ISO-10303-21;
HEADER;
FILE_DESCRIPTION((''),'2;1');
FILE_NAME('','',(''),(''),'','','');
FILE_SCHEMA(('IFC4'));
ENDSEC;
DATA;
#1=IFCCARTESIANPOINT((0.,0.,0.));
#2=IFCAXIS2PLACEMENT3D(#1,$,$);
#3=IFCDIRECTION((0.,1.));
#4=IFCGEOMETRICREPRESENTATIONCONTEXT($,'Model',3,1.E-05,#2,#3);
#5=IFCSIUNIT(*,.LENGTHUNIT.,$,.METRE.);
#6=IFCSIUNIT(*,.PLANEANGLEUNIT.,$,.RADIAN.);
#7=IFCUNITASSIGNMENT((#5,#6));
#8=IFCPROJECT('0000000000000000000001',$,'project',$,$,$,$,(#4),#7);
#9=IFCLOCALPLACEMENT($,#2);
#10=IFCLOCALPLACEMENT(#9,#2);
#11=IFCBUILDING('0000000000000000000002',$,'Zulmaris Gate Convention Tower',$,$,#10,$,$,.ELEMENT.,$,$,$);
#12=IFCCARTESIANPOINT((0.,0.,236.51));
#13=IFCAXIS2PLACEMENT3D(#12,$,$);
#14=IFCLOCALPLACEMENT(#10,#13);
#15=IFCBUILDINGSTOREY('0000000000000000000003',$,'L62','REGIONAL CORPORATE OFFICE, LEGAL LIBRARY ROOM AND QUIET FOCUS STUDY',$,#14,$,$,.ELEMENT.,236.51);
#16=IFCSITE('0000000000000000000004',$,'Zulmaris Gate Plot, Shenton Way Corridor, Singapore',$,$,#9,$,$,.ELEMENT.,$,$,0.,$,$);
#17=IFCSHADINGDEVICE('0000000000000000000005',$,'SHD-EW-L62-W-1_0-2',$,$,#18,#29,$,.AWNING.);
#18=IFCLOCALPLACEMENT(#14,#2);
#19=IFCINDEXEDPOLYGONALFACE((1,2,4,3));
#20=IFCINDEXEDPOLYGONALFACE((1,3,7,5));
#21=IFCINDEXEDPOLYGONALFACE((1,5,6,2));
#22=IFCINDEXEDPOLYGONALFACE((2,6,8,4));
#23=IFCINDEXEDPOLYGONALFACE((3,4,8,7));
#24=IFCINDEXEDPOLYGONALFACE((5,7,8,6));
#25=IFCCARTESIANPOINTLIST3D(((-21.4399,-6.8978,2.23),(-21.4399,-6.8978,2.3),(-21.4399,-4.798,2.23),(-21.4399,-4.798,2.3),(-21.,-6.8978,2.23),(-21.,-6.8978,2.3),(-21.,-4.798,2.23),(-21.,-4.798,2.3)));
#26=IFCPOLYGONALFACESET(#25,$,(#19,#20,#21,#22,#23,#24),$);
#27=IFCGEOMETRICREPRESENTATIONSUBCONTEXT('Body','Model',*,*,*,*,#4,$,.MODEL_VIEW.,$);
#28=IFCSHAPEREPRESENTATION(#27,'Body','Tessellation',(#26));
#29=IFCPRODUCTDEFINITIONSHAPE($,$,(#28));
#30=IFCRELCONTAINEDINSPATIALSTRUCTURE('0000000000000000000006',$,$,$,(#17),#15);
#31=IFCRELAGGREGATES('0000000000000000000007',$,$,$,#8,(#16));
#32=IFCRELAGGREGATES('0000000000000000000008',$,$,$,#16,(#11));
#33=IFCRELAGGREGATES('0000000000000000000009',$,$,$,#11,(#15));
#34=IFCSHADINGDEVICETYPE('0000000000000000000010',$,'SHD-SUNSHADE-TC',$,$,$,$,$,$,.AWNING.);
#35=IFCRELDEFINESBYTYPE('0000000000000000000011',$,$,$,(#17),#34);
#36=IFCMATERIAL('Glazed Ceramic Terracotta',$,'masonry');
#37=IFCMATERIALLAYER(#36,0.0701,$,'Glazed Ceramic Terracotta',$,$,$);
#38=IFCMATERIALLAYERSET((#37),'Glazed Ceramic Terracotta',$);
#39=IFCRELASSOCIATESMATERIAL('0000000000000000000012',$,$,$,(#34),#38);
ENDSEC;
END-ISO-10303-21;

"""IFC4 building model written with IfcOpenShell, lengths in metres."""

from ifc_helpers import new_model, si_unit, direction, frame, frame_2d, origin, place, context, subcontext, project, spatial, rectangle, extrude, material, layer, layer_set, type_object, element, save


model = new_model("IFC4")

# Units and contexts
model_context = context("Model", 3, precision=1e-05, world=origin(), true_north=direction((0.0, 1.0)))
body_context = subcontext(model_context, "Body", "Model", "MODEL_VIEW")
ifc_project = project(units=[si_unit("LENGTHUNIT", "METRE"), si_unit("PLANEANGLEUNIT", "RADIAN")], contexts=[model_context])

# Site, building, storey
site_placement = place(None, origin())
site = spatial("IfcSite", under=ifc_project, at=site_placement, Name="Zulmaris Gate Plot, Shenton Way Corridor, Singapore", CompositionType="ELEMENT", RefElevation=0.0)
building_placement = place(site_placement, origin())
building = spatial("IfcBuilding", under=site, at=building_placement, Name="Zulmaris Gate Convention Tower", CompositionType="ELEMENT")
storey_placement = place(building_placement, frame((0.0, 0.0, 236.51)))
storey = spatial("IfcBuildingStorey", under=building, at=storey_placement, Name="L62", Description="REGIONAL CORPORATE OFFICE, LEGAL LIBRARY ROOM AND QUIET FOCUS STUDY", CompositionType="ELEMENT", Elevation=236.51)

# Shading device
ifc_material_1 = material(Name="Glazed Ceramic Terracotta", Category="masonry")
ifc_layer_1 = layer(ifc_material_1, 0.0701, Name="Glazed Ceramic Terracotta")
ifc_layer_set_1 = layer_set([ifc_layer_1], Name="Glazed Ceramic Terracotta")
shading_device_type = type_object("IfcShadingDeviceType", Name="SHD-SUNSHADE-TC", PredefinedType="AWNING", material=ifc_layer_set_1)
for number, where, z_axis, x_axis, name in (
    (1, (-21.22, -4.7981, 2.23), (0.0, 0.0, 1.0), (0.0, -1.0, 0.0), "SHD-EW-L62-W-1_0-2"),
):
    element("IfcShadingDevice", number, at=place(storey_placement, frame(where, z_axis=z_axis, x_axis=x_axis)), inside=storey, type_object=shading_device_type, Name=name, PredefinedType="AWNING", context=body_context, shape_type="SweptSolid", body=[
        extrude(rectangle(XDim=2.0999, YDim=0.4399, at=frame_2d((1.0498, 0.0))), origin(), (0.0, 0.0, 1.0), 0.0701),
    ])

save(model, "model.ifc")
